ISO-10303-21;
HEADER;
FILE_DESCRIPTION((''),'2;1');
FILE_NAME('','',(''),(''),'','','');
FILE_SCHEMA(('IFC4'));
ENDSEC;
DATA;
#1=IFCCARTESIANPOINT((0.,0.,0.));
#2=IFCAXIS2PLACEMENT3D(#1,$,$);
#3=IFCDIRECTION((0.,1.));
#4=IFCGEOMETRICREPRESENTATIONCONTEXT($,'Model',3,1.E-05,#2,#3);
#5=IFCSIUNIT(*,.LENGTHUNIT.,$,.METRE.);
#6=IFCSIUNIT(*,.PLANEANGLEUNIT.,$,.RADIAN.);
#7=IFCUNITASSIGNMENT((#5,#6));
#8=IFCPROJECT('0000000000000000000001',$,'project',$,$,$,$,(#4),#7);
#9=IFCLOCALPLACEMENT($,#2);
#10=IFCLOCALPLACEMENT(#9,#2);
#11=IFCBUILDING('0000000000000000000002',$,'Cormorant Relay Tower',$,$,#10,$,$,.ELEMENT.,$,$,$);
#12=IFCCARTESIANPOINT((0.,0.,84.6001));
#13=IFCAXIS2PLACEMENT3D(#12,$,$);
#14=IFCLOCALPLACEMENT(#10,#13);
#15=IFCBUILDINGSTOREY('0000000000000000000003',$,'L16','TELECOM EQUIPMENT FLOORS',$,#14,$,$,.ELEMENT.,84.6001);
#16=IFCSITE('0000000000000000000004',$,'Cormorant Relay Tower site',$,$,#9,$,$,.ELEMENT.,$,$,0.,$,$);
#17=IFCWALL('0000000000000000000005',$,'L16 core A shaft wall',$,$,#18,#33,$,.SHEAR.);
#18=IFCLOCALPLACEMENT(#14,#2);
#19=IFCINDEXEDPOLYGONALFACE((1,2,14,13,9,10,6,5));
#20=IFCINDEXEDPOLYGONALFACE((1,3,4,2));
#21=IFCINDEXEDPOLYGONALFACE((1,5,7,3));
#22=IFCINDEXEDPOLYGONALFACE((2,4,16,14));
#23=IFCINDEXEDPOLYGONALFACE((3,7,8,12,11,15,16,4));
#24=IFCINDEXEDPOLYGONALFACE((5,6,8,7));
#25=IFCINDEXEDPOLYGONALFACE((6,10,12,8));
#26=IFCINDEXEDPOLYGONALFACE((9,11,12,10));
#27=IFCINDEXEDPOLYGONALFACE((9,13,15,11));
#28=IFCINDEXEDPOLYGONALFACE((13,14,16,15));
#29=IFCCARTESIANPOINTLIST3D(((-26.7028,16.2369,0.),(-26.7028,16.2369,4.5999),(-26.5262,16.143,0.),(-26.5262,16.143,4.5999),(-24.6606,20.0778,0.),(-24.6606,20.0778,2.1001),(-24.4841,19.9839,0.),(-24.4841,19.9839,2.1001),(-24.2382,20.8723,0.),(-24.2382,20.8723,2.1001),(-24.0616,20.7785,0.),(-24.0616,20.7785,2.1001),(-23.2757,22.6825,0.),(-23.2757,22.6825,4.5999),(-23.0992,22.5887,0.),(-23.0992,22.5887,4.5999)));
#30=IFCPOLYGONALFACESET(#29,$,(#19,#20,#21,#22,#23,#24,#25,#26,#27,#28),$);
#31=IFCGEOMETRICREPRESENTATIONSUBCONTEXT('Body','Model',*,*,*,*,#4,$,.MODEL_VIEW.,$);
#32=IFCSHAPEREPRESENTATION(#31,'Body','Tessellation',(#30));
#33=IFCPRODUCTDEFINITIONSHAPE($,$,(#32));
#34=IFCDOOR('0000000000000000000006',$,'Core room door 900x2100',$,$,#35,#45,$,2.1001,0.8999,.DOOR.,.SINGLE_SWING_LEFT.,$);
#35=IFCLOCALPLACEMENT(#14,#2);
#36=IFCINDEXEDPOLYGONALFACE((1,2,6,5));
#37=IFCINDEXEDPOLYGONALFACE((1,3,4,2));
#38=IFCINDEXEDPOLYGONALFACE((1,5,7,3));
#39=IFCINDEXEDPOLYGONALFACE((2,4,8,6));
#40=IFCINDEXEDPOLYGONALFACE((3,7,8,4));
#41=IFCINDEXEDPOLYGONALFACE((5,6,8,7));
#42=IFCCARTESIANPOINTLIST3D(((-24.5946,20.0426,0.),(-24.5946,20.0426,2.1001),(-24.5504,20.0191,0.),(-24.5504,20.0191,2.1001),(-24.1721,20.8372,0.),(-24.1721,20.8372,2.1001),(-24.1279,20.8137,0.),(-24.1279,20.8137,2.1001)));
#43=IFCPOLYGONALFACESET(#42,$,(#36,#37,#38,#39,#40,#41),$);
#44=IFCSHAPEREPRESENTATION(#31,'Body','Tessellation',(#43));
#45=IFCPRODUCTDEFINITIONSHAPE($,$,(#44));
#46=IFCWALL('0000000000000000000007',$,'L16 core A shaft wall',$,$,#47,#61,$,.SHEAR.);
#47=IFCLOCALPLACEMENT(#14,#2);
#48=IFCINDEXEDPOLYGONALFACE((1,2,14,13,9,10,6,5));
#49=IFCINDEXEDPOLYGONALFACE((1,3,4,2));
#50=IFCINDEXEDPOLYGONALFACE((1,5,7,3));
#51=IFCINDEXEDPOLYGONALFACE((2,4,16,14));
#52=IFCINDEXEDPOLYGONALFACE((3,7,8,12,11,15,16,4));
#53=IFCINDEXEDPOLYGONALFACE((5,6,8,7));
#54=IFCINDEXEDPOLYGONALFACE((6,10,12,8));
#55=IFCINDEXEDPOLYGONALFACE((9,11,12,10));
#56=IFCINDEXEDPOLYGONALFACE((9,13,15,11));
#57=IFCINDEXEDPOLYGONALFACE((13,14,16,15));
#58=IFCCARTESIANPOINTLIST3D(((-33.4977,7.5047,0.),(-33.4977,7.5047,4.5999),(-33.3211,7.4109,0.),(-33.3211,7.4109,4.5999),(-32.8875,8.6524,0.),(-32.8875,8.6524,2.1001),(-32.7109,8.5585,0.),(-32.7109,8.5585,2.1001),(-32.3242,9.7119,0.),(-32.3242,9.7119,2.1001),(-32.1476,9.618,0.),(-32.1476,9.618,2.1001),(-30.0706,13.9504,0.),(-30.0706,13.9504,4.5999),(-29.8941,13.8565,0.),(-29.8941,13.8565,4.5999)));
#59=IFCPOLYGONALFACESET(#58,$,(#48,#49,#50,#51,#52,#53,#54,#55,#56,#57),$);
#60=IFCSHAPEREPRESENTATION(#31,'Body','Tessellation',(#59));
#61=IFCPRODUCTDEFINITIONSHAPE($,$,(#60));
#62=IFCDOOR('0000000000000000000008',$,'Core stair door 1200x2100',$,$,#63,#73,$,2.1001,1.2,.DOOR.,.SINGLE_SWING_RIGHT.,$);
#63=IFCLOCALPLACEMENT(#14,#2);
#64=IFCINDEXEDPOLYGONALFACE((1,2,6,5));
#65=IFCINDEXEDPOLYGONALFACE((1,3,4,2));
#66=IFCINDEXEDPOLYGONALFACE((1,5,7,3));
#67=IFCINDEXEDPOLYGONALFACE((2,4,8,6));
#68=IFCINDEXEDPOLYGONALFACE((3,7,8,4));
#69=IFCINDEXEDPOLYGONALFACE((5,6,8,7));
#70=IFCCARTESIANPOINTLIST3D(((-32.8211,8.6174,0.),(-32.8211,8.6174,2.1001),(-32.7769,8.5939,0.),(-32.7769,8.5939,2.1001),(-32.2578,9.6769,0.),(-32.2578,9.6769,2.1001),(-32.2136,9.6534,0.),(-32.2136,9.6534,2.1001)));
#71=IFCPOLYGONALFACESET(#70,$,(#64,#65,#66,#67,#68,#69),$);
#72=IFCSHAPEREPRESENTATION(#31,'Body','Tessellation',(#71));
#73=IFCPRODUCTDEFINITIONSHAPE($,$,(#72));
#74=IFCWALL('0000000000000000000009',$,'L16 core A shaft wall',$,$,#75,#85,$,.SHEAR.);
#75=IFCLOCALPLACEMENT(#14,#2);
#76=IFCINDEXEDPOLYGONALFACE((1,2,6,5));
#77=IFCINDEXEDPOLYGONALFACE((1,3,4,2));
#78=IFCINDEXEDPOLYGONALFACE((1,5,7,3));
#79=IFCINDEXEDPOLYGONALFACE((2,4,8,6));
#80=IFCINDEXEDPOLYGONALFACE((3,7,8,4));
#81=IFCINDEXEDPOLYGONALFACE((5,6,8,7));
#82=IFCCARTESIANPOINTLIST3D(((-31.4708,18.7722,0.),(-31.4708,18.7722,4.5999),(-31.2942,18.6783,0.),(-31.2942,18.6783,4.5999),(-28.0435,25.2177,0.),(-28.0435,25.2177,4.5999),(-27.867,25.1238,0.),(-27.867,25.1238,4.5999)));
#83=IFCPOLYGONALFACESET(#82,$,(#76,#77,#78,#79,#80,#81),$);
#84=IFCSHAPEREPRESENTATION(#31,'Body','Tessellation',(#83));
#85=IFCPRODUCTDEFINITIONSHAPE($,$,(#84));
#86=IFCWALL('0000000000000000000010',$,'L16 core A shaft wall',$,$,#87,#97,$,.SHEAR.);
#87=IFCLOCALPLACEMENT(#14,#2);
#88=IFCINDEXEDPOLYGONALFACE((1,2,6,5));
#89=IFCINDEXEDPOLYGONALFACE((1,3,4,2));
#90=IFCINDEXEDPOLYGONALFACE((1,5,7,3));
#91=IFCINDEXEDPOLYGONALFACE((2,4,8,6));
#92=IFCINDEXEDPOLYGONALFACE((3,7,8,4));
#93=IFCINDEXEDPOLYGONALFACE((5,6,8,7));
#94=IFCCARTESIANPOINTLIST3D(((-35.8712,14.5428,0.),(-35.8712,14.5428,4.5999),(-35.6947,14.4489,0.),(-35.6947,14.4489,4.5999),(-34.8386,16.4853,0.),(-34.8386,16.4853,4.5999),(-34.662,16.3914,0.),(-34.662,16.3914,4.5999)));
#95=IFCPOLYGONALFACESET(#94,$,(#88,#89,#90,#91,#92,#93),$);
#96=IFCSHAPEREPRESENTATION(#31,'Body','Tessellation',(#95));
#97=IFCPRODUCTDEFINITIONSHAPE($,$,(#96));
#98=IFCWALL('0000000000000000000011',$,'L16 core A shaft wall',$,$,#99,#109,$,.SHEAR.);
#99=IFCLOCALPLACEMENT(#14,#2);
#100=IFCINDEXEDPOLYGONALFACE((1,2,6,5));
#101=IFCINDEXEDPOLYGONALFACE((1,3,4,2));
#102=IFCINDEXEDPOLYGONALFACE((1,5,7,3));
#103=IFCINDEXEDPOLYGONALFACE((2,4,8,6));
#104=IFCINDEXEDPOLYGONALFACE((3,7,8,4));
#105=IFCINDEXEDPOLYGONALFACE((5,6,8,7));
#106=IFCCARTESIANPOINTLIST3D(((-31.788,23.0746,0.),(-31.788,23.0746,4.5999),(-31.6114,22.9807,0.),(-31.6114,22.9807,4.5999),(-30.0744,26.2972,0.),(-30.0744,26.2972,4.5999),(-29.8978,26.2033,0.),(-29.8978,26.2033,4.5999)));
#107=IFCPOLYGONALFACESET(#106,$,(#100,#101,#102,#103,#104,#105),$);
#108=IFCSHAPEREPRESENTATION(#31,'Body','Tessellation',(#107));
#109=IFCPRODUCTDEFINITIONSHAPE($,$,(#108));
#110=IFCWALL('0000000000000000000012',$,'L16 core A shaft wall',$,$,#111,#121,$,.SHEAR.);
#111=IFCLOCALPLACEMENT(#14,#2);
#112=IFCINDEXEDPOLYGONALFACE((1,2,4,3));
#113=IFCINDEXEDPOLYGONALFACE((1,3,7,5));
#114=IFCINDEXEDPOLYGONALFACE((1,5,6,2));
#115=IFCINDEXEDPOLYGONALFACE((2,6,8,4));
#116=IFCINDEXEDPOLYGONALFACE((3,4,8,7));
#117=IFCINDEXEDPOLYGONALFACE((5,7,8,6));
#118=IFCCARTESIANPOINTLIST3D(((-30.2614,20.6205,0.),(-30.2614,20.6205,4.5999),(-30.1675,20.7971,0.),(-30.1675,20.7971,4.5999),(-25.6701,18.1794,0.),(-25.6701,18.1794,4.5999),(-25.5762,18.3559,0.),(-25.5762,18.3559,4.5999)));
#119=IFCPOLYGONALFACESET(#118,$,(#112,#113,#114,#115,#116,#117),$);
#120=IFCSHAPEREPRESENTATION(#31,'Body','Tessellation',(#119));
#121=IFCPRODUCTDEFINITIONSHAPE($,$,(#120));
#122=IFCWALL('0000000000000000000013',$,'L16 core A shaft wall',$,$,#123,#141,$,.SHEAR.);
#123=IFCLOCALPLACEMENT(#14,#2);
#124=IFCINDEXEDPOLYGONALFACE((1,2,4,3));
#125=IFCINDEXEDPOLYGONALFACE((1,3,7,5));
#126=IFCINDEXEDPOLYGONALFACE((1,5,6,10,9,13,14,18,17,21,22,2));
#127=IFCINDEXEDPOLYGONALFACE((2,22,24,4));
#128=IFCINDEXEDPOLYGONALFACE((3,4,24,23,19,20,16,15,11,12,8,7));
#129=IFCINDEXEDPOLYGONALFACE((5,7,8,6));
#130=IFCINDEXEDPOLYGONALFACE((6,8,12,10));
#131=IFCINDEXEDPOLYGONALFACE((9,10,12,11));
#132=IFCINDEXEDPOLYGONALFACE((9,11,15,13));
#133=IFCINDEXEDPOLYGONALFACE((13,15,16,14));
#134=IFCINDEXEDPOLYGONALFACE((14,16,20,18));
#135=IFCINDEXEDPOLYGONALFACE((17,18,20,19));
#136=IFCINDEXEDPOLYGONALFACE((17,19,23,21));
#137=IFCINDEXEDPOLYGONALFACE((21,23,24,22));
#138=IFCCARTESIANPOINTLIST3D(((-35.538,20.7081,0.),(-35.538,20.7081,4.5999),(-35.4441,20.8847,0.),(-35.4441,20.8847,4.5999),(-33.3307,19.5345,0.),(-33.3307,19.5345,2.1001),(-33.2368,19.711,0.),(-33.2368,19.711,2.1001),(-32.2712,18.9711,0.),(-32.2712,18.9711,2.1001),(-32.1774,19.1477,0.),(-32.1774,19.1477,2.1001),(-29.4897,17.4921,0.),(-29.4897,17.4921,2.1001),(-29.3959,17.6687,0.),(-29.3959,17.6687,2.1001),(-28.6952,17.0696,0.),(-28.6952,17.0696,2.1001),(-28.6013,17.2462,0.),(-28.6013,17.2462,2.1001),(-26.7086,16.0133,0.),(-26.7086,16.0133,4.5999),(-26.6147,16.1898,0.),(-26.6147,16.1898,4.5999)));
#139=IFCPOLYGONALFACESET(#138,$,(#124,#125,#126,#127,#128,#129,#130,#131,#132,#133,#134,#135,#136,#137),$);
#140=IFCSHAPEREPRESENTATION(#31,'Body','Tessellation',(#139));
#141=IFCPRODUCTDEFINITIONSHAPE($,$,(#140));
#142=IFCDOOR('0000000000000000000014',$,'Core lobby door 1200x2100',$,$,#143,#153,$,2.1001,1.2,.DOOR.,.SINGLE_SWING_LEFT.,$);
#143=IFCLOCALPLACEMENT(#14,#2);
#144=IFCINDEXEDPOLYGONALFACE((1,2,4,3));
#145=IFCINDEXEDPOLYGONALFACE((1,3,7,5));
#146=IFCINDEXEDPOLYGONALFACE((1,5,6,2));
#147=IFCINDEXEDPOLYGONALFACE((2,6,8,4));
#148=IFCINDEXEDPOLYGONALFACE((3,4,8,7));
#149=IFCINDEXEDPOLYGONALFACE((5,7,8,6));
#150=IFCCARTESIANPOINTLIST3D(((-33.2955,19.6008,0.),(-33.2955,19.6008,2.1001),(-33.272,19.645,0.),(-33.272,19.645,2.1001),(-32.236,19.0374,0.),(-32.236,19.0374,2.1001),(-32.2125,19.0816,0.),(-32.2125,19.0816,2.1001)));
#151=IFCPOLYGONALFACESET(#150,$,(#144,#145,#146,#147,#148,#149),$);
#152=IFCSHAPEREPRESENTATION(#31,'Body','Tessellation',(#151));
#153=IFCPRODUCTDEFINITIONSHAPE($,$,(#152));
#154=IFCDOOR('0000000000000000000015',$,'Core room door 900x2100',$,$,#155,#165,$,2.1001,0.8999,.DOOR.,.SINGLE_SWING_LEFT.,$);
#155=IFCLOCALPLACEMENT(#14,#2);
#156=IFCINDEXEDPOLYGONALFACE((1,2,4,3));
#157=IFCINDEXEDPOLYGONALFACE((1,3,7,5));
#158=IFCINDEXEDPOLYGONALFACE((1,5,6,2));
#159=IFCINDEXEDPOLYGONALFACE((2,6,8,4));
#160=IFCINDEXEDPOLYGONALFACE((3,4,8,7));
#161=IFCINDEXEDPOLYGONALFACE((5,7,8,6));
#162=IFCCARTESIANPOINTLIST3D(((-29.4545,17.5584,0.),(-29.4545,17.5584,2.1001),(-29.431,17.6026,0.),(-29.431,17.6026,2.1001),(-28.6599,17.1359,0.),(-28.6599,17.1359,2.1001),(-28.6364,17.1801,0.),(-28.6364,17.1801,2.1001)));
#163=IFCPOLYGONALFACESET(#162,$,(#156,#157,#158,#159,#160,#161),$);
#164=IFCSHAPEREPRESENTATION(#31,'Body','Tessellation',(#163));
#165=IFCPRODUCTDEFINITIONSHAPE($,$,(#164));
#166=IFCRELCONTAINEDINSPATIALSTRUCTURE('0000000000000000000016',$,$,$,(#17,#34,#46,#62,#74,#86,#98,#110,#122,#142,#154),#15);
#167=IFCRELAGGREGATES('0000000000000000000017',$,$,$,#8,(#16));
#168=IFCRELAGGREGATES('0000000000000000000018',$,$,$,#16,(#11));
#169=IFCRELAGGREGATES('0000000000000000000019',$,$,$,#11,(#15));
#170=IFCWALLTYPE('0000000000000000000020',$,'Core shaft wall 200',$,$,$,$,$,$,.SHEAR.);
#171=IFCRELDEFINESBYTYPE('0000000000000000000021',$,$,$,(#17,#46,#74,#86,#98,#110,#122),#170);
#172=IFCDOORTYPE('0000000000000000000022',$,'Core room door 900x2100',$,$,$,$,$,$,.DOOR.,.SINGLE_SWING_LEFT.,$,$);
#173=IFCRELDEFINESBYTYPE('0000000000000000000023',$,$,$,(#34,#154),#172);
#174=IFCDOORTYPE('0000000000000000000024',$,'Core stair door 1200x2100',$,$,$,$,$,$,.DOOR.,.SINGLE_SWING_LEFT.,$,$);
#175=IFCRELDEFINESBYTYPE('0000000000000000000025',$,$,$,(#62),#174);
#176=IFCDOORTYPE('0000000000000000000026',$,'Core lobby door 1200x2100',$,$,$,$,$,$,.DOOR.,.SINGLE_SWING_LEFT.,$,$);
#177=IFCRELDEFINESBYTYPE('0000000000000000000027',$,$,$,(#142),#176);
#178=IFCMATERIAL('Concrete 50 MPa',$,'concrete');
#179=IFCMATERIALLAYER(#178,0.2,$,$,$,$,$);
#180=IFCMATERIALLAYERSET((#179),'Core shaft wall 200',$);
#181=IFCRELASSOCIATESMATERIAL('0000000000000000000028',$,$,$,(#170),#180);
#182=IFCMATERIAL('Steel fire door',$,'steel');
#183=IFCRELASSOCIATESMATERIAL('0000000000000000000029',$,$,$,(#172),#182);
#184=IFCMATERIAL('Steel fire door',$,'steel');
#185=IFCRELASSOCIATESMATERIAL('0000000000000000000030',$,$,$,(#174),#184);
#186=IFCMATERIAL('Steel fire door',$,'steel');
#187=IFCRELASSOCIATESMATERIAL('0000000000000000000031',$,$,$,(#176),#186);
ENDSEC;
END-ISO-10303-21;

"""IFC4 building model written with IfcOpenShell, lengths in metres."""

from ifc_helpers import new_model, si_unit, direction, frame, frame_2d, origin, place, context, subcontext, project, spatial, rectangle, extrude, material, layer, layer_set, type_object, element, fill, save


model = new_model("IFC4")

# Units and contexts
model_context = context("Model", 3, precision=1e-05, world=origin(), true_north=direction((0.0, 1.0)))
body_context = subcontext(model_context, "Body", "Model", "MODEL_VIEW")
ifc_project = project(units=[si_unit("LENGTHUNIT", "METRE"), si_unit("PLANEANGLEUNIT", "RADIAN")], contexts=[model_context])

# Site, building, storey
site_placement = place(None, origin())
site = spatial("IfcSite", under=ifc_project, at=site_placement, Name="Cormorant Relay Tower site", CompositionType="ELEMENT", RefElevation=0.0)
building_placement = place(site_placement, origin())
building = spatial("IfcBuilding", under=site, at=building_placement, Name="Cormorant Relay Tower", CompositionType="ELEMENT")
storey_placement = place(building_placement, frame((0.0, 0.0, 84.6001)))
storey = spatial("IfcBuildingStorey", under=building, at=storey_placement, Name="L16", Description="TELECOM EQUIPMENT FLOORS", CompositionType="ELEMENT", Elevation=84.6001)

# Walls, openings, doors
ifc_material_1 = material(Name="Concrete 50 MPa", Category="concrete")
ifc_layer_1 = layer(ifc_material_1, 0.2)
ifc_layer_set_1 = layer_set([ifc_layer_1], Name="Core shaft wall 200")
wall_type_1 = type_object("IfcWallType", Name="Core shaft wall 200", PredefinedType="SHEAR", material=ifc_layer_set_1)
wall_1_placement = place(storey_placement, frame((-23.1875, 22.6355, 0.0), z_axis=(0.0, 0.0, 1.0), x_axis=(-0.469454, -0.882957, 0.0)))
wall_1 = element("IfcWall", 1, at=wall_1_placement, inside=storey, type_object=wall_type_1, Name="L16 core A shaft wall", PredefinedType="SHEAR", context=body_context, shape_type="SweptSolid", body=[
    extrude(rectangle(XDim=7.3, YDim=0.2, at=frame_2d((3.6499, 0.0))), origin(), (0.0, 0.0, 1.0), 4.5999),
])
opening_1_placement = place(wall_1_placement, frame((2.05, 0.0, 0.0)))
opening_1 = element("IfcOpeningElement", 2, at=opening_1_placement, cuts=wall_1, PredefinedType="OPENING", context=body_context, shape_type="SweptSolid", body=[
    extrude(rectangle(XDim=0.8999, YDim=2.1001, at=frame_2d((0.45, 1.05))), frame((0.0, 0.1099, 0.0), z_axis=(0.0, -1.0, 0.0), x_axis=(1.0, 0.0, 0.0)), (0.0, 0.0, 1.0), 0.22),
])
ifc_material_2 = material(Name="Steel fire door", Category="steel")
door_type_1 = type_object("IfcDoorType", Name="Core room door 900x2100", OperationType="SINGLE_SWING_LEFT", PredefinedType="DOOR", material=ifc_material_2)
door_1_placement = place(opening_1_placement, origin())
door_1 = element("IfcDoor", 3, at=door_1_placement, inside=storey, type_object=door_type_1, Name="Core room door 900x2100", OperationType="SINGLE_SWING_LEFT", OverallHeight=2.1001, OverallWidth=0.8999, PredefinedType="DOOR", context=body_context, shape_type="SweptSolid", body=[
    extrude(rectangle(XDim=0.8999, YDim=2.1001, at=frame_2d((0.45, 1.05))), frame((0.0, 0.0249, 0.0), z_axis=(0.0, -1.0, 0.0), x_axis=(1.0, 0.0, 0.0)), (0.0, 0.0, 1.0), 0.05),
])
fill(opening_1, door_1)
wall_2_placement = place(storey_placement, frame((-29.9824, 13.9033, 0.0), z_axis=(0.0, 0.0, 1.0), x_axis=(-0.469454, -0.882957, 0.0)))
wall_2 = element("IfcWall", 4, at=wall_2_placement, inside=storey, type_object=wall_type_1, Name="L16 core A shaft wall", PredefinedType="SHEAR", context=body_context, shape_type="SweptSolid", body=[
    extrude(rectangle(XDim=7.3, YDim=0.2, at=frame_2d((3.6499, 0.0))), origin(), (0.0, 0.0, 1.0), 4.5999),
])
opening_2_placement = place(wall_2_placement, frame((4.8, 0.0, 0.0)))
opening_2 = element("IfcOpeningElement", 5, at=opening_2_placement, cuts=wall_2, PredefinedType="OPENING", context=body_context, shape_type="SweptSolid", body=[
    extrude(rectangle(XDim=1.2, YDim=2.1001, at=frame_2d((0.6001, 1.05))), frame((0.0, 0.1099, 0.0), z_axis=(0.0, -1.0, 0.0), x_axis=(1.0, 0.0, 0.0)), (0.0, 0.0, 1.0), 0.22),
])
ifc_material_3 = material(Name="Steel fire door", Category="steel")
door_type_2 = type_object("IfcDoorType", Name="Core stair door 1200x2100", OperationType="SINGLE_SWING_LEFT", PredefinedType="DOOR", material=ifc_material_3)
door_2_placement = place(opening_2_placement, frame((1.2, 0.0, 0.0), z_axis=(0.0, 0.0, 1.0), x_axis=(-1.0, 0.0, 0.0)))
door_2 = element("IfcDoor", 6, at=door_2_placement, inside=storey, type_object=door_type_2, Name="Core stair door 1200x2100", OperationType="SINGLE_SWING_RIGHT", OverallHeight=2.1001, OverallWidth=1.2, PredefinedType="DOOR", context=body_context, shape_type="SweptSolid", body=[
    extrude(rectangle(XDim=1.2, YDim=2.1001, at=frame_2d((0.6001, 1.05))), frame((0.0, 0.0249, 0.0), z_axis=(0.0, -1.0, 0.0), x_axis=(1.0, 0.0, 0.0)), (0.0, 0.0, 1.0), 0.05),
])
fill(opening_2, door_2)

# Walls
wall_3_placement = place(storey_placement, frame((-27.9553, 25.1707, 0.0), z_axis=(0.0, 0.0, 1.0), x_axis=(-0.46948, -0.882943, 0.0)))
element("IfcWall", 7, at=wall_3_placement, inside=storey, type_object=wall_type_1, Name="L16 core A shaft wall", PredefinedType="SHEAR", context=body_context, shape_type="SweptSolid", body=[
    extrude(rectangle(XDim=7.3, YDim=0.2, at=frame_2d((3.6499, 0.0))), origin(), (0.0, 0.0, 1.0), 4.5999),
])
wall_4_placement = place(storey_placement, frame((-34.7502, 16.4385, 0.0), z_axis=(0.0, 0.0, 1.0), x_axis=(-0.469401, -0.882985, 0.0)))
element("IfcWall", 8, at=wall_4_placement, inside=storey, type_object=wall_type_1, Name="L16 core A shaft wall", PredefinedType="SHEAR", context=body_context, shape_type="SweptSolid", body=[
    extrude(rectangle(XDim=2.2, YDim=0.2, at=frame_2d((1.1001, 0.0))), origin(), (0.0, 0.0, 1.0), 4.5999),
])
wall_5_placement = place(storey_placement, frame((-29.9861, 26.2502, 0.0), z_axis=(0.0, 0.0, 1.0), x_axis=(-0.469494, -0.882936, 0.0)))
element("IfcWall", 9, at=wall_5_placement, inside=storey, type_object=wall_type_1, Name="L16 core A shaft wall", PredefinedType="SHEAR", context=body_context, shape_type="SweptSolid", body=[
    extrude(rectangle(XDim=3.6499, YDim=0.2, at=frame_2d((1.825, 0.0))), origin(), (0.0, 0.0, 1.0), 4.5999),
])

# Wall
wall_6_placement = place(storey_placement, frame((-25.623, 18.2676, 0.0), z_axis=(0.0, 0.0, 1.0), x_axis=(-0.882954, 0.46946, 0.0)))
element("IfcWall", 10, at=wall_6_placement, inside=storey, type_object=wall_type_1, Name="L16 core A shaft wall", PredefinedType="SHEAR", context=body_context, shape_type="SweptSolid", body=[
    extrude(rectangle(XDim=5.2, YDim=0.2, at=frame_2d((2.6001, 0.0))), origin(), (0.0, 0.0, 1.0), 4.5999),
])

# Wall, openings, doors
wall_7_placement = place(storey_placement, frame((-26.6616, 16.1016, 0.0), z_axis=(0.0, 0.0, 1.0), x_axis=(-0.88294, 0.469485, 0.0)))
wall_7 = element("IfcWall", 11, at=wall_7_placement, inside=storey, type_object=wall_type_1, Name="L16 core A shaft wall", PredefinedType="SHEAR", context=body_context, shape_type="SweptSolid", body=[
    extrude(rectangle(XDim=10.0, YDim=0.2, at=frame_2d((5.0, 0.0))), origin(), (0.0, 0.0, 1.0), 4.5999),
])
opening_3_placement = place(wall_7_placement, frame((6.3, 0.0, 0.0)))
opening_3 = element("IfcOpeningElement", 12, at=opening_3_placement, cuts=wall_7, PredefinedType="OPENING", context=body_context, shape_type="SweptSolid", body=[
    extrude(rectangle(XDim=1.2, YDim=2.1001, at=frame_2d((0.6001, 1.05))), frame((0.0, 0.1099, 0.0), z_axis=(0.0, -1.0, 0.0), x_axis=(1.0, 0.0, 0.0)), (0.0, 0.0, 1.0), 0.22),
])
opening_4_placement = place(wall_7_placement, frame((2.25, 0.0, 0.0)))
opening_4 = element("IfcOpeningElement", 13, at=opening_4_placement, cuts=wall_7, PredefinedType="OPENING", context=body_context, shape_type="SweptSolid", body=[
    extrude(rectangle(XDim=0.8999, YDim=2.1001, at=frame_2d((0.45, 1.05))), frame((0.0, 0.1099, 0.0), z_axis=(0.0, -1.0, 0.0), x_axis=(1.0, 0.0, 0.0)), (0.0, 0.0, 1.0), 0.22),
])
ifc_material_4 = material(Name="Steel fire door", Category="steel")
door_type_3 = type_object("IfcDoorType", Name="Core lobby door 1200x2100", OperationType="SINGLE_SWING_LEFT", PredefinedType="DOOR", material=ifc_material_4)
door_3_placement = place(opening_3_placement, origin())
door_3 = element("IfcDoor", 14, at=door_3_placement, inside=storey, type_object=door_type_3, Name="Core lobby door 1200x2100", OperationType="SINGLE_SWING_LEFT", OverallHeight=2.1001, OverallWidth=1.2, PredefinedType="DOOR", context=body_context, shape_type="SweptSolid", body=[
    extrude(rectangle(XDim=1.2, YDim=2.1001, at=frame_2d((0.6001, 1.05))), frame((0.0, 0.0249, 0.0), z_axis=(0.0, -1.0, 0.0), x_axis=(1.0, 0.0, 0.0)), (0.0, 0.0, 1.0), 0.05),
])
fill(opening_3, door_3)
door_4_placement = place(opening_4_placement, origin())
door_4 = element("IfcDoor", 15, at=door_4_placement, inside=storey, type_object=door_type_1, Name="Core room door 900x2100", OperationType="SINGLE_SWING_LEFT", OverallHeight=2.1001, OverallWidth=0.8999, PredefinedType="DOOR", context=body_context, shape_type="SweptSolid", body=[
    extrude(rectangle(XDim=0.8999, YDim=2.1001, at=frame_2d((0.45, 1.05))), frame((0.0, 0.0249, 0.0), z_axis=(0.0, -1.0, 0.0), x_axis=(1.0, 0.0, 0.0)), (0.0, 0.0, 1.0), 0.05),
])
fill(opening_4, door_4)

save(model, "model.ifc")
